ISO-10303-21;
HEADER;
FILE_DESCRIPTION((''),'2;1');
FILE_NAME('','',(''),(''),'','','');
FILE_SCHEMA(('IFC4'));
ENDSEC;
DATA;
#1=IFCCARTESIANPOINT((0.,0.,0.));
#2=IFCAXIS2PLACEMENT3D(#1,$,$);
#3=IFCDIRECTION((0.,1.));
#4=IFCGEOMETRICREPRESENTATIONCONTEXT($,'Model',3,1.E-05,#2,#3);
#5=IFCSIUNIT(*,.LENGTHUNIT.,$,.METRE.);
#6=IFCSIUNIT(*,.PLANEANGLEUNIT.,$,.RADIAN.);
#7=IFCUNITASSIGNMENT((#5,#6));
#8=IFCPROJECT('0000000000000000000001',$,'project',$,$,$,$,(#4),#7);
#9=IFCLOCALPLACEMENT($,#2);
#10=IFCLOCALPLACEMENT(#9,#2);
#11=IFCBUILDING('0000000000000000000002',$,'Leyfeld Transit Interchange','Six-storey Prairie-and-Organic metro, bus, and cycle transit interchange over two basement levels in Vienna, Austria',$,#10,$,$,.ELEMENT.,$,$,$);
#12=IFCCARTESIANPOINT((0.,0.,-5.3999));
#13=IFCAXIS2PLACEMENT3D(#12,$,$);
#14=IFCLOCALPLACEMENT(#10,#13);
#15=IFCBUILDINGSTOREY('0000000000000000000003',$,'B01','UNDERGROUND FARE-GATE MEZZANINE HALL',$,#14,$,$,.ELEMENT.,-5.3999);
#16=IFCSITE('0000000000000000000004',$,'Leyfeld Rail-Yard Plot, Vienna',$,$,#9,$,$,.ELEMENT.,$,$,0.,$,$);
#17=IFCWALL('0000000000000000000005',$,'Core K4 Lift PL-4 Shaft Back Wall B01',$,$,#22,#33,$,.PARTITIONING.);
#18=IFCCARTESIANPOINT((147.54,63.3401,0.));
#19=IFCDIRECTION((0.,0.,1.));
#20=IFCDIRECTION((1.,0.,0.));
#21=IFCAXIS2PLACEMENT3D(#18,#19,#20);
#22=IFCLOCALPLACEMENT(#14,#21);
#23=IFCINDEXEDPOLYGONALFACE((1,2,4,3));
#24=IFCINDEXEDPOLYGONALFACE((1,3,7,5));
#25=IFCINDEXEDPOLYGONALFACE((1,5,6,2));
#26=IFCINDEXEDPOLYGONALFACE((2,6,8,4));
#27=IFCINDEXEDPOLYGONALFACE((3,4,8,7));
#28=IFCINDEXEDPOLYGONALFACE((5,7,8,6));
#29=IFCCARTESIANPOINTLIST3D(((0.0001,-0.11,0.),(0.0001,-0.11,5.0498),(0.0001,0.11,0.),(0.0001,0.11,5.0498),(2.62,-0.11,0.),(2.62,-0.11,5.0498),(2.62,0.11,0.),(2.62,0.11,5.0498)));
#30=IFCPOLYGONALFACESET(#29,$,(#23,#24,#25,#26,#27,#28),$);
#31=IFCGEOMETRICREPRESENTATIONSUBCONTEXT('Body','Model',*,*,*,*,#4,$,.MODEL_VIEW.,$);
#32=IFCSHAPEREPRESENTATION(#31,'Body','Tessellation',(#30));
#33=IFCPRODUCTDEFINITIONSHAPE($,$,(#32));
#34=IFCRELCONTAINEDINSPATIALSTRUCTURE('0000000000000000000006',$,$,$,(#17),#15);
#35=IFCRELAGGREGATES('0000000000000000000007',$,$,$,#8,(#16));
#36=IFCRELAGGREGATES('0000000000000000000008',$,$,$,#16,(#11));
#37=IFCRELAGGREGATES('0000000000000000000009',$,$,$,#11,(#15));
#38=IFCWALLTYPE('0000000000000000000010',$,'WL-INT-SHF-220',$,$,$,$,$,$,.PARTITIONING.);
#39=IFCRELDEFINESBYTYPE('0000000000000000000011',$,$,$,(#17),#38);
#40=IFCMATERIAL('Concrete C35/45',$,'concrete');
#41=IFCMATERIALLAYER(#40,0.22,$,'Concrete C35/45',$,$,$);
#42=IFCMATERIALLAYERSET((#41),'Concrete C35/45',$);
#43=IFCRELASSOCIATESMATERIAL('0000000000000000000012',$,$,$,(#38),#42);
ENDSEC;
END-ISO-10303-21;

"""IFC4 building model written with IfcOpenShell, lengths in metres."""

from ifc_helpers import new_model, si_unit, direction, frame, frame_2d, origin, place, context, subcontext, project, spatial, rectangle, extrude, material, layer, layer_set, type_object, element, save


model = new_model("IFC4")

# Units and contexts
model_context = context("Model", 3, precision=1e-05, world=origin(), true_north=direction((0.0, 1.0)))
body_context = subcontext(model_context, "Body", "Model", "MODEL_VIEW")
ifc_project = project(units=[si_unit("LENGTHUNIT", "METRE"), si_unit("PLANEANGLEUNIT", "RADIAN")], contexts=[model_context])

# Site, building, storey
site_placement = place(None, origin())
site = spatial("IfcSite", under=ifc_project, at=site_placement, Name="Leyfeld Rail-Yard Plot, Vienna", CompositionType="ELEMENT", RefElevation=0.0)
building_placement = place(site_placement, origin())
building = spatial("IfcBuilding", under=site, at=building_placement, Name="Leyfeld Transit Interchange", Description="Six-storey Prairie-and-Organic metro, bus, and cycle transit interchange over two basement levels in Vienna, Austria", CompositionType="ELEMENT")
storey_placement = place(building_placement, frame((0.0, 0.0, -5.3999)))
storey = spatial("IfcBuildingStorey", under=building, at=storey_placement, Name="B01", Description="UNDERGROUND FARE-GATE MEZZANINE HALL", CompositionType="ELEMENT", Elevation=-5.3999)

# Shared definitions
ifc_material_1 = material(Name="Concrete C35/45", Category="concrete")

# Shared definitions
ifc_layer_1 = layer(ifc_material_1, 0.22, Name="Concrete C35/45")
ifc_layer_set_1 = layer_set([ifc_layer_1], Name="Concrete C35/45")
wall_type_1 = type_object("IfcWallType", Name="WL-INT-SHF-220", PredefinedType="PARTITIONING", material=ifc_layer_set_1)

# Wall
wall_1_placement = place(storey_placement, frame((147.54, 63.3401, 0.0), z_axis=(0.0, 0.0, 1.0), x_axis=(1.0, 0.0, 0.0)))
element("IfcWall", 1, at=wall_1_placement, inside=storey, type_object=wall_type_1, Name="Core K4 Lift PL-4 Shaft Back Wall B01", PredefinedType="PARTITIONING", context=body_context, shape_type="SweptSolid", body=[
    extrude(rectangle(XDim=2.6199, YDim=0.22, at=frame_2d((1.3101, 0.0))), origin(), (0.0, 0.0, 1.0), 5.0498),
])

save(model, "model.ifc")
